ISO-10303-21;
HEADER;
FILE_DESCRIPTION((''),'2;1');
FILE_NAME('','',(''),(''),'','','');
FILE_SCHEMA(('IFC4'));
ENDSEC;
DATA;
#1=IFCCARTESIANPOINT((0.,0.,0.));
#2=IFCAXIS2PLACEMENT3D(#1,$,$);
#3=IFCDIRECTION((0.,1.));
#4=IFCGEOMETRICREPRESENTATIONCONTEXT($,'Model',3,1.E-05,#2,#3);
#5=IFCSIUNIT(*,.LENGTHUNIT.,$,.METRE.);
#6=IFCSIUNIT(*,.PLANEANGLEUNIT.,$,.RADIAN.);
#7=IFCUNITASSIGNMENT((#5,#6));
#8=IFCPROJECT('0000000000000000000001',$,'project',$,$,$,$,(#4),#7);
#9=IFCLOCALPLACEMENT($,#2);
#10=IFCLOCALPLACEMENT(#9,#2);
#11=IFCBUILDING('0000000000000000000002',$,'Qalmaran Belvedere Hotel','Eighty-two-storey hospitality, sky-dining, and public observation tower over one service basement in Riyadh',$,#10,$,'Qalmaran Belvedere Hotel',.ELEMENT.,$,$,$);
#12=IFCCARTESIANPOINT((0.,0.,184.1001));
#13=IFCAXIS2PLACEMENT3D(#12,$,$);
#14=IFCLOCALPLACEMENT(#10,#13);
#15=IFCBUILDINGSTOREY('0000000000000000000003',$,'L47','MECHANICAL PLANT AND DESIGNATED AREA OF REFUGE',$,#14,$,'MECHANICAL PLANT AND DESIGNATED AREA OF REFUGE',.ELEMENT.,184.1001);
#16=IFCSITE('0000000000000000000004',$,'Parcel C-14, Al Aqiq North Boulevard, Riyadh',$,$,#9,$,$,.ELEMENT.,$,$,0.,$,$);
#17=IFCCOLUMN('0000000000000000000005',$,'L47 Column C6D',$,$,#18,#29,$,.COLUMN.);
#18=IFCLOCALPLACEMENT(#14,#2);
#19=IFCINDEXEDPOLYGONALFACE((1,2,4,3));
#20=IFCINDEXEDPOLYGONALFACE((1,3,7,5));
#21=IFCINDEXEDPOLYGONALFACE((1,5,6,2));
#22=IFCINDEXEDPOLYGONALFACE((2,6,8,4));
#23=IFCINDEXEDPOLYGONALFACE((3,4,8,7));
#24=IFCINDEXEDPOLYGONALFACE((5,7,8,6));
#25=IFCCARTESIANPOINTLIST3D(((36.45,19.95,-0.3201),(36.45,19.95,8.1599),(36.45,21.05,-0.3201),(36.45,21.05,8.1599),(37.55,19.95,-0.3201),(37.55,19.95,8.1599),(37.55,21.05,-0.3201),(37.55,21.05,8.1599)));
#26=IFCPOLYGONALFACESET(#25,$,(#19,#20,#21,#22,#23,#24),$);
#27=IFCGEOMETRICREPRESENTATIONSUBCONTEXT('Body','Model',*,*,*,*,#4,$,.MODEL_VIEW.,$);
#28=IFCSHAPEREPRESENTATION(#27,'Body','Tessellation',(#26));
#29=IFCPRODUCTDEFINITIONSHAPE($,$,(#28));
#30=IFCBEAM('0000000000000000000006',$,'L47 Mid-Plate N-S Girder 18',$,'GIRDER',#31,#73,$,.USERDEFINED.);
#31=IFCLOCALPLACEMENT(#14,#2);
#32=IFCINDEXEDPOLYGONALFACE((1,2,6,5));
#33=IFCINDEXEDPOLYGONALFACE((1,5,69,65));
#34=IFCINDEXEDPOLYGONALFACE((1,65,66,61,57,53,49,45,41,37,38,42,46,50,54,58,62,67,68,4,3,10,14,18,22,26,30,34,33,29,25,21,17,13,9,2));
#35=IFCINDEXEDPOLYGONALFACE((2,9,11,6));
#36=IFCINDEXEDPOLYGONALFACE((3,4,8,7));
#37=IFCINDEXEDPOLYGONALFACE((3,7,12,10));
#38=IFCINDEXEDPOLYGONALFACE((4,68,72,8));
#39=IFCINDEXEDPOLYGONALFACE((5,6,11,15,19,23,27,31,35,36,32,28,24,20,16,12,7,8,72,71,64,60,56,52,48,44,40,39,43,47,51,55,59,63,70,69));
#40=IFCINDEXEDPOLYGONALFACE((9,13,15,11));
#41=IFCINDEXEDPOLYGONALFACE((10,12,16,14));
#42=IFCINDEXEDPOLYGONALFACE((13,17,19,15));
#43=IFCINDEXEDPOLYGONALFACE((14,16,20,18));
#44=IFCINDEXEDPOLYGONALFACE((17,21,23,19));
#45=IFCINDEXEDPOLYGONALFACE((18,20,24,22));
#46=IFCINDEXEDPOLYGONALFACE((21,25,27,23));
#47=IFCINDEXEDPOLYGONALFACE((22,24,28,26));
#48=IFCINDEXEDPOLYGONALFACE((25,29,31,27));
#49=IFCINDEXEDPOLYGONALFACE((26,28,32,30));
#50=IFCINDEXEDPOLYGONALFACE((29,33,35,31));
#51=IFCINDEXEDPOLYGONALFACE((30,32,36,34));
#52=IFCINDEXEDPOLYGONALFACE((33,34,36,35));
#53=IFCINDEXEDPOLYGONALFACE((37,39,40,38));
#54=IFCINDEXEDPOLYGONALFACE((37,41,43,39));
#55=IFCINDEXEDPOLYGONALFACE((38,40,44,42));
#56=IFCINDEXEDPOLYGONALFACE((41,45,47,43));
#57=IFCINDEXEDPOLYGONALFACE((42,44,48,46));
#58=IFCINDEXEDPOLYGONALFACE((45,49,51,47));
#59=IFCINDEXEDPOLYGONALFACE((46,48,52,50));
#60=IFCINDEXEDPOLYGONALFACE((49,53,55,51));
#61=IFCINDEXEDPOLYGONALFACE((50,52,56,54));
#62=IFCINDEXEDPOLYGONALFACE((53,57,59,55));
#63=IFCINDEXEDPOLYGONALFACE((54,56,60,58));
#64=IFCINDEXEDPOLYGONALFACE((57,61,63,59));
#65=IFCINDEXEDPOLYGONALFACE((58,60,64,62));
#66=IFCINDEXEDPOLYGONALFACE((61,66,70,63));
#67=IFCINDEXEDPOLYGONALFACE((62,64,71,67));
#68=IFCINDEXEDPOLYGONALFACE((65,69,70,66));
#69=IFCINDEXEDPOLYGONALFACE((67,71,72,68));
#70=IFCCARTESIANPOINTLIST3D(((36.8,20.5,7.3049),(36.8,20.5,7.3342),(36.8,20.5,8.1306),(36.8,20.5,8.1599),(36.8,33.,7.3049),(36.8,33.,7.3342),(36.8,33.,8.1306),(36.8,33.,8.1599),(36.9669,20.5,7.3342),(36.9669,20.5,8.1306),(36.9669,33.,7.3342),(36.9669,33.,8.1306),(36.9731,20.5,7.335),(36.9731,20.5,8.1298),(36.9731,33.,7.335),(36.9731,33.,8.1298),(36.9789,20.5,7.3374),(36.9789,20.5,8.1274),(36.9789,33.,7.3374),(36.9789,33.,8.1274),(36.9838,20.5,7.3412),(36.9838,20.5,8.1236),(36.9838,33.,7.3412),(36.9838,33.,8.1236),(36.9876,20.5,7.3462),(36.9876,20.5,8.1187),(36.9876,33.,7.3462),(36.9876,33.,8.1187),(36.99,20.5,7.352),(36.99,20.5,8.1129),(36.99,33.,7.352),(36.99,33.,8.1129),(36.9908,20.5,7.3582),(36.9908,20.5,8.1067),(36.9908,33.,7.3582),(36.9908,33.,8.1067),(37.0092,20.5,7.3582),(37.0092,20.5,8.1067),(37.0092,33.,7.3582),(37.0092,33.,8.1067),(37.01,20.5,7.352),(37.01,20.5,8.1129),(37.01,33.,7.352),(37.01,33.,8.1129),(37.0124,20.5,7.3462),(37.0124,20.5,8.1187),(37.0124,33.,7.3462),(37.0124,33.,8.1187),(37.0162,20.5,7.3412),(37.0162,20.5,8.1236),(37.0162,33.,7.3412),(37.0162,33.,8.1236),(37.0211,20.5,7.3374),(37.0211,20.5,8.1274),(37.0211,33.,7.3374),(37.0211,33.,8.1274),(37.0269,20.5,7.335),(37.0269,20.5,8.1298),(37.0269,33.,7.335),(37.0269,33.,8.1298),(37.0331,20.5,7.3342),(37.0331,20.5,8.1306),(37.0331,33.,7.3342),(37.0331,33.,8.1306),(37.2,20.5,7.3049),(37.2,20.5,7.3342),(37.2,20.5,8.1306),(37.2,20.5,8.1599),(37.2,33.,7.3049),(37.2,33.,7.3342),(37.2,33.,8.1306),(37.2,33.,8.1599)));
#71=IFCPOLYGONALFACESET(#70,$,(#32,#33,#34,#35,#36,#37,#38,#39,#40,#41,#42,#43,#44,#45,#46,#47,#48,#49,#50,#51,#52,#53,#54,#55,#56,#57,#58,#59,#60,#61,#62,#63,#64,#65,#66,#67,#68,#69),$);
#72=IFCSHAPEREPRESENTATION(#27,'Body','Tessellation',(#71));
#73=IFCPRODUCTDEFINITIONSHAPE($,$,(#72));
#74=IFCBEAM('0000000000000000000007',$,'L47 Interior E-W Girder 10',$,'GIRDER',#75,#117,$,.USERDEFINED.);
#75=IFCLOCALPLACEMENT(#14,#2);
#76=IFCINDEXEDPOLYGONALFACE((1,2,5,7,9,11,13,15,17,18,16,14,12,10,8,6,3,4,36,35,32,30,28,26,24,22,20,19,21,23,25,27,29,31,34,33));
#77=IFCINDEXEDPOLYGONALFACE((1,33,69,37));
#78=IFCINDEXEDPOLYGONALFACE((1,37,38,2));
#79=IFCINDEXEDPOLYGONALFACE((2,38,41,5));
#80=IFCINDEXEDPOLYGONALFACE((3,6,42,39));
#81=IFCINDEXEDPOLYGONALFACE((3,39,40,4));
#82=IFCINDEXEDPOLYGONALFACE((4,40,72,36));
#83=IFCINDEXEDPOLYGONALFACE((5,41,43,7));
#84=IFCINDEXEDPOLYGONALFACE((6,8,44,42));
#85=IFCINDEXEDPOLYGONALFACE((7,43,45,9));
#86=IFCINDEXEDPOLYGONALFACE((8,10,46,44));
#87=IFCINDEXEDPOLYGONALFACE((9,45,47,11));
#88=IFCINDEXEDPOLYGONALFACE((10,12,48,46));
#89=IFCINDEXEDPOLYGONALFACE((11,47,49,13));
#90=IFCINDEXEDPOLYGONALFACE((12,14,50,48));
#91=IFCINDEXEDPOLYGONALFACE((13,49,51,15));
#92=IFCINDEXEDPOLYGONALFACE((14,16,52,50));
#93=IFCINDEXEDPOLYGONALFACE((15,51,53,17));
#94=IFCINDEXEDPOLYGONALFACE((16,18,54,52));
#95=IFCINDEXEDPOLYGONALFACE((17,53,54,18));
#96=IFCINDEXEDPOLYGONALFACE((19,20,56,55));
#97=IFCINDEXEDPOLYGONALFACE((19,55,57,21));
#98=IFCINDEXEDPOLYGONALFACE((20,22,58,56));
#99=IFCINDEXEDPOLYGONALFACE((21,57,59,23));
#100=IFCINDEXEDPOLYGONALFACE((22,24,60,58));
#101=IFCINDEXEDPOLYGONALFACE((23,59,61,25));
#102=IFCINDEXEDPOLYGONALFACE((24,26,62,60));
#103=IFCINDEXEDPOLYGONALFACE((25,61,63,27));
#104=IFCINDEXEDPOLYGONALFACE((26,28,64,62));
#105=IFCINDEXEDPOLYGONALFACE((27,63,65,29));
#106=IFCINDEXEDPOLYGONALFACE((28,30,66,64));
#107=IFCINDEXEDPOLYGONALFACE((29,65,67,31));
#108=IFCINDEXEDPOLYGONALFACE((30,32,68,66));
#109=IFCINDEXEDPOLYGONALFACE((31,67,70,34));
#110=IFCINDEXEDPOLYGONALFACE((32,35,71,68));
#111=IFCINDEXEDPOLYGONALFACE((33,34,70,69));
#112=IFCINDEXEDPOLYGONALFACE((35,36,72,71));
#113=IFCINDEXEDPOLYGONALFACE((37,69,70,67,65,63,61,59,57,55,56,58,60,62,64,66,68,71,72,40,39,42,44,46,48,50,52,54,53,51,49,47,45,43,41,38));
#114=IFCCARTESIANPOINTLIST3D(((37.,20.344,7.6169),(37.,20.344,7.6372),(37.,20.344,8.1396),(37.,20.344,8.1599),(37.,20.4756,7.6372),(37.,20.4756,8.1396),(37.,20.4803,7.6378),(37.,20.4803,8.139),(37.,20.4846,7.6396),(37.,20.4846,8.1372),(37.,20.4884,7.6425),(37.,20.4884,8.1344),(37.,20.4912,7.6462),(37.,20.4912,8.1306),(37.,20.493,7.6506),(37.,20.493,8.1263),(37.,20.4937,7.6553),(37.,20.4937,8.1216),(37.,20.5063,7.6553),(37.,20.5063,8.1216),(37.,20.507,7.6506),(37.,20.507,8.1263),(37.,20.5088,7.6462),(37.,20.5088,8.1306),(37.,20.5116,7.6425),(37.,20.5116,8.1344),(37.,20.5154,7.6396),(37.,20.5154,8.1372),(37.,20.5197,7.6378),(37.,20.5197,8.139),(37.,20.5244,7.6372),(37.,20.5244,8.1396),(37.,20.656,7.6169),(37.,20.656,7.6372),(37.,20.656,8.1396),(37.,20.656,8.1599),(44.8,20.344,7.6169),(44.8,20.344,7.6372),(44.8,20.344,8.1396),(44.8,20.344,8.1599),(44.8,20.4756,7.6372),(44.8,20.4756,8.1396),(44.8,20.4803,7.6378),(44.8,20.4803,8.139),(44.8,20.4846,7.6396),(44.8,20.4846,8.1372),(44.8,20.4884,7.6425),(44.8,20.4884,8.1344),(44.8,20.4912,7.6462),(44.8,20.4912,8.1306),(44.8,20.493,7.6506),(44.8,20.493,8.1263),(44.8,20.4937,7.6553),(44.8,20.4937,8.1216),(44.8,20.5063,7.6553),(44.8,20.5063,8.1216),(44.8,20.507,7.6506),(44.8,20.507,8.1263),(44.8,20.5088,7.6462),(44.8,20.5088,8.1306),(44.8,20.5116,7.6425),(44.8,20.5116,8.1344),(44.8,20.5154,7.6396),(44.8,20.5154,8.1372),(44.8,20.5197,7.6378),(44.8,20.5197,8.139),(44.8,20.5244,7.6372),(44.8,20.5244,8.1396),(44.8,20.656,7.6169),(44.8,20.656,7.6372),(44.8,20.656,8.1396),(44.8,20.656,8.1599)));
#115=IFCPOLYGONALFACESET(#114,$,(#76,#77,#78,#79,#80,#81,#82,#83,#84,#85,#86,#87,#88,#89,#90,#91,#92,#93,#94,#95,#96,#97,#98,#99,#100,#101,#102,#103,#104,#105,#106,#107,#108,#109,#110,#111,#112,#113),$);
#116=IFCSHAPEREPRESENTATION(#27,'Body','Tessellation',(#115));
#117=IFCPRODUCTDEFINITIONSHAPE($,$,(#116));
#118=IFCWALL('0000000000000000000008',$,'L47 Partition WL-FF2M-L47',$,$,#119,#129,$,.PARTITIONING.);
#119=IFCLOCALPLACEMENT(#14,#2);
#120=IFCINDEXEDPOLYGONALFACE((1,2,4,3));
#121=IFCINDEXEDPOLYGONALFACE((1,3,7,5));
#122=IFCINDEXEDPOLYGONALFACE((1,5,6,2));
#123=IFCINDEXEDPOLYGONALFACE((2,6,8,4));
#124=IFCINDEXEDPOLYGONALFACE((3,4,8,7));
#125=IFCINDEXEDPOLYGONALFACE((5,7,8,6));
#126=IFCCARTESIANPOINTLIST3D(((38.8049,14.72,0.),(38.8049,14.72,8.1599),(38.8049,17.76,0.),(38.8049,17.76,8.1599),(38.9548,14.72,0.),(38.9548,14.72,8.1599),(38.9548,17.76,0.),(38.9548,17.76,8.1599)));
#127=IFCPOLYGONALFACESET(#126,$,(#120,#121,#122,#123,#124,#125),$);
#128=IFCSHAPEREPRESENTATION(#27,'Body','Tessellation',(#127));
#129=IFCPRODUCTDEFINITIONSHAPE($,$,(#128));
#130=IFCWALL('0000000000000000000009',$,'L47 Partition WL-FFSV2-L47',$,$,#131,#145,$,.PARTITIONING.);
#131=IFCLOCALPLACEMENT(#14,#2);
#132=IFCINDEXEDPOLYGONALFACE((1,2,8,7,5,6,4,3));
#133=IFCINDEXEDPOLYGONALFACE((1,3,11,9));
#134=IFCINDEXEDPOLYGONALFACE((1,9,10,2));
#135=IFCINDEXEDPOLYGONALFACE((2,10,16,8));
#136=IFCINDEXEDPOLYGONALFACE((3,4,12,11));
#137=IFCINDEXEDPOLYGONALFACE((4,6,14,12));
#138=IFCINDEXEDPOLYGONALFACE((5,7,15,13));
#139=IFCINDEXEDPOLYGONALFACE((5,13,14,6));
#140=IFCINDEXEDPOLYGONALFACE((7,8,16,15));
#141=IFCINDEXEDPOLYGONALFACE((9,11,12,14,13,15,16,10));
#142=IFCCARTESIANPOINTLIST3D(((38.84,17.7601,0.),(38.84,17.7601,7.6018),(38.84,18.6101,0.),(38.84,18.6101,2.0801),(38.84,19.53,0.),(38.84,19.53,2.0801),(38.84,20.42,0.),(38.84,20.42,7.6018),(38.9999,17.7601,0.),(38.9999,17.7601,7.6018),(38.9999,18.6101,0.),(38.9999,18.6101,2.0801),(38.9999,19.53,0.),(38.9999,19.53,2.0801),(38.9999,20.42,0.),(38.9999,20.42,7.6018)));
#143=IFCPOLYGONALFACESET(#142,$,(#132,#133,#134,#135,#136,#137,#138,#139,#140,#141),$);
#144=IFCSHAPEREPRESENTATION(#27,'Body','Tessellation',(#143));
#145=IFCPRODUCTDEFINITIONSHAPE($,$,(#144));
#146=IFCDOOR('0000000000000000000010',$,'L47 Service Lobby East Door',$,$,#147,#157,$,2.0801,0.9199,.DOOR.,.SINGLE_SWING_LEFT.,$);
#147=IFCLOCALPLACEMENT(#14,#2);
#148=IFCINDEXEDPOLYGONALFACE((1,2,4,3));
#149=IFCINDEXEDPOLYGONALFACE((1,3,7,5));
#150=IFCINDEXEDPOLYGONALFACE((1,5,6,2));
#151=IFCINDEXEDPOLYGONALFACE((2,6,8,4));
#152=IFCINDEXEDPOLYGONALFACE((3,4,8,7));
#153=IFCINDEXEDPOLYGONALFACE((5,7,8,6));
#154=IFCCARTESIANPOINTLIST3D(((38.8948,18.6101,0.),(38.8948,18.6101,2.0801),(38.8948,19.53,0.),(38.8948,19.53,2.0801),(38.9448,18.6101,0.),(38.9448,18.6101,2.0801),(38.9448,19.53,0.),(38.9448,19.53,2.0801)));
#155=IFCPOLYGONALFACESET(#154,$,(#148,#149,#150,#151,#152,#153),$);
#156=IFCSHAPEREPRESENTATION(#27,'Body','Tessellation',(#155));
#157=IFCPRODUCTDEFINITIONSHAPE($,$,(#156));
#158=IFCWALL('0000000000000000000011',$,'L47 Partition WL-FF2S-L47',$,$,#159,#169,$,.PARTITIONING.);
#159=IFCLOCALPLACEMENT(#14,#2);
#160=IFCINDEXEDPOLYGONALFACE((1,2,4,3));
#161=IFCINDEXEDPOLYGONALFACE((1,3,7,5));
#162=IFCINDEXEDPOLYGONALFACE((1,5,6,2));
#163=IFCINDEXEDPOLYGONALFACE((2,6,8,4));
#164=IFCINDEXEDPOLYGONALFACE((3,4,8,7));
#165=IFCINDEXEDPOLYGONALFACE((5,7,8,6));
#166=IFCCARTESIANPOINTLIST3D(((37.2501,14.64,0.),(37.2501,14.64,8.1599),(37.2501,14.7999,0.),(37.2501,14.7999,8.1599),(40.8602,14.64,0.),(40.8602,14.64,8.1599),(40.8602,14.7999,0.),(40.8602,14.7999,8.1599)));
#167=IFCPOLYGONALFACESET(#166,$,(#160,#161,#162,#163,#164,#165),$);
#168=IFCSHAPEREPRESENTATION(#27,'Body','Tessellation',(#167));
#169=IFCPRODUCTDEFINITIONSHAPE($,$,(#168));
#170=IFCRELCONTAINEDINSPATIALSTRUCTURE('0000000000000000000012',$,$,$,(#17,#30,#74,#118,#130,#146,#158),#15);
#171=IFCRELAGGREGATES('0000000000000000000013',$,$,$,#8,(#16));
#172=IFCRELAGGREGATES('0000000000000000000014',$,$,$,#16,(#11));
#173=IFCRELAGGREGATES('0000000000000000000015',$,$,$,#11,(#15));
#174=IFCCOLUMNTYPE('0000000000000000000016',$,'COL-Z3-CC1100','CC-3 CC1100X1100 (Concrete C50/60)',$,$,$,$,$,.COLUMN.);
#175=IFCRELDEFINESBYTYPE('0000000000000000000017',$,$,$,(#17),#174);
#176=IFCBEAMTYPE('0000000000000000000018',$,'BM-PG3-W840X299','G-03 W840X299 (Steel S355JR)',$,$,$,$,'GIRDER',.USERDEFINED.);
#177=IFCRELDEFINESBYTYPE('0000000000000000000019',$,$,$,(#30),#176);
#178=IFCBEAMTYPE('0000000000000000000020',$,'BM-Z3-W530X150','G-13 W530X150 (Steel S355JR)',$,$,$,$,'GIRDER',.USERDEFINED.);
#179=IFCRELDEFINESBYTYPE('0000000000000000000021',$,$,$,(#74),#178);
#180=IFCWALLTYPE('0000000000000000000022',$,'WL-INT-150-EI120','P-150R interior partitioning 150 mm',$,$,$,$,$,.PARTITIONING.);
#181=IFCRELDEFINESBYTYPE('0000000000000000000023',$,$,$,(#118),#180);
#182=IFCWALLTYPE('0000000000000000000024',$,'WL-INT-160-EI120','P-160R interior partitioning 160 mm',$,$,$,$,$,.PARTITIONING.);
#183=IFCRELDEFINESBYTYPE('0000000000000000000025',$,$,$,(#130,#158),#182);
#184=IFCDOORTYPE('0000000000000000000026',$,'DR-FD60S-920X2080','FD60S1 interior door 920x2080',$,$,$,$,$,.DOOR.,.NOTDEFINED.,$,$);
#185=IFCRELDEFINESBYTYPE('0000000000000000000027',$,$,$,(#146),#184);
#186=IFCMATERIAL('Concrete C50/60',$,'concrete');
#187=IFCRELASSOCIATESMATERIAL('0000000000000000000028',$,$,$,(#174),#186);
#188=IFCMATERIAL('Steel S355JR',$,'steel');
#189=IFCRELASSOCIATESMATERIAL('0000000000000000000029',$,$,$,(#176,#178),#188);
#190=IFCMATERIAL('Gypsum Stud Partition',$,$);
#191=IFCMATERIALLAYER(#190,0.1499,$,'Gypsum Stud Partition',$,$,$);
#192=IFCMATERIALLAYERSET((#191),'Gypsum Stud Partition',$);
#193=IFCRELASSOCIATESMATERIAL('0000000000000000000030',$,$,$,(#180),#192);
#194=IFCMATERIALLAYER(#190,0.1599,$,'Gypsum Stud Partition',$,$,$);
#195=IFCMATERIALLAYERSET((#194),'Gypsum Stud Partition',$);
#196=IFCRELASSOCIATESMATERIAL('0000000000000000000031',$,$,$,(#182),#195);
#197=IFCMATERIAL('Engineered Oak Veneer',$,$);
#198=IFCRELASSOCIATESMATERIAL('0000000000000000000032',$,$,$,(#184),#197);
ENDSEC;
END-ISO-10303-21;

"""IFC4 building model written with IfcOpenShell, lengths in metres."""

from ifc_helpers import new_model, si_unit, direction, frame, frame_2d, origin, origin_2d, place, context, subcontext, project, spatial, rectangle, i_section, extrude, material, layer, layer_set, material_profile, profile_set, type_object, element, fill, save


model = new_model("IFC4")

# Units and contexts
model_context = context("Model", 3, precision=1e-05, world=origin(), true_north=direction((0.0, 1.0)))
body_context = subcontext(model_context, "Body", "Model", "MODEL_VIEW")
ifc_project = project(units=[si_unit("LENGTHUNIT", "METRE"), si_unit("PLANEANGLEUNIT", "RADIAN")], contexts=[model_context])

# Site, building, storey
site_placement = place(None, origin())
site = spatial("IfcSite", under=ifc_project, at=site_placement, Name="Parcel C-14, Al Aqiq North Boulevard, Riyadh", CompositionType="ELEMENT", RefElevation=0.0)
building_placement = place(site_placement, origin())
building = spatial("IfcBuilding", under=site, at=building_placement, Name="Qalmaran Belvedere Hotel", Description="Eighty-two-storey hospitality, sky-dining, and public observation tower over one service basement in Riyadh", LongName="Qalmaran Belvedere Hotel", CompositionType="ELEMENT")
storey_placement = place(building_placement, frame((0.0, 0.0, 184.1001)))
storey = spatial("IfcBuildingStorey", under=building, at=storey_placement, Name="L47", Description="MECHANICAL PLANT AND DESIGNATED AREA OF REFUGE", LongName="MECHANICAL PLANT AND DESIGNATED AREA OF REFUGE", CompositionType="ELEMENT", Elevation=184.1001)

# Column
ifc_material_1 = material(Name="Concrete C50/60", Category="concrete")
ifc_material_profile_1 = material_profile(ifc_material_1, rectangle(XDim=1.1001, YDim=1.1001, at=origin_2d()), Name="CC1100X1100")
ifc_profile_set_1 = profile_set([ifc_material_profile_1], Name="Concrete C50/60")
column_type = type_object("IfcColumnType", Name="COL-Z3-CC1100", Description="CC-3 CC1100X1100 (Concrete C50/60)", PredefinedType="COLUMN", material=ifc_profile_set_1)
column_placement = place(storey_placement, frame((37.0, 20.5, -0.3201), z_axis=(0.0, 0.0, 1.0), x_axis=(1.0, 0.0, 0.0)))
element("IfcColumn", 1, at=column_placement, inside=storey, type_object=column_type, Name="L47 Column C6D", PredefinedType="COLUMN", context=body_context, shape_type="SweptSolid", body=[
    extrude(rectangle(XDim=1.1001, YDim=1.1001, at=origin_2d()), origin(), (0.0, 0.0, 1.0), 8.48),
])

# Beams
ifc_material_2 = material(Name="Steel S355JR", Category="steel")
ifc_material_profile_2 = material_profile(ifc_material_2, i_section(OverallWidth=0.3999, OverallDepth=0.855, WebThickness=0.0183, FlangeThickness=0.0293, FilletRadius=0.0239, at=origin_2d()), Name="W840X299")
ifc_profile_set_2 = profile_set([ifc_material_profile_2], Name="Steel S355JR")
beam_type_1 = type_object("IfcBeamType", Name="BM-PG3-W840X299", Description="G-03 W840X299 (Steel S355JR)", ElementType="GIRDER", PredefinedType="USERDEFINED", material=ifc_profile_set_2)
beam_1_placement = place(storey_placement, frame((37.0, 20.5, 7.7324), z_axis=(0.0, 1.0, 0.0), x_axis=(-1.0, 0.0, 0.0)))
element("IfcBeam", 2, at=beam_1_placement, inside=storey, type_object=beam_type_1, Name="L47 Mid-Plate N-S Girder 18", ObjectType="GIRDER", PredefinedType="USERDEFINED", context=body_context, shape_type="SweptSolid", body=[
    extrude(i_section(OverallWidth=0.3999, OverallDepth=0.855, WebThickness=0.0183, FlangeThickness=0.0293, FilletRadius=0.0239, at=origin_2d()), origin(), (0.0, 0.0, 1.0), 12.5),
])
ifc_material_profile_3 = material_profile(ifc_material_2, i_section(OverallWidth=0.312, OverallDepth=0.543, WebThickness=0.0127, FlangeThickness=0.0203, FilletRadius=0.0181, at=origin_2d()), Name="W530X150")
ifc_profile_set_3 = profile_set([ifc_material_profile_3], Name="Steel S355JR")
beam_type_2 = type_object("IfcBeamType", Name="BM-Z3-W530X150", Description="G-13 W530X150 (Steel S355JR)", ElementType="GIRDER", PredefinedType="USERDEFINED", material=ifc_profile_set_3)
beam_2_placement = place(storey_placement, frame((37.0, 20.5, 7.8884), z_axis=(1.0, 0.0, 0.0), x_axis=(0.0, 1.0, 0.0)))
element("IfcBeam", 3, at=beam_2_placement, inside=storey, type_object=beam_type_2, Name="L47 Interior E-W Girder 10", ObjectType="GIRDER", PredefinedType="USERDEFINED", context=body_context, shape_type="SweptSolid", body=[
    extrude(i_section(OverallWidth=0.312, OverallDepth=0.543, WebThickness=0.0127, FlangeThickness=0.0203, FilletRadius=0.0181, at=origin_2d()), origin(), (0.0, 0.0, 1.0), 7.8),
])

# Wall
ifc_material_3 = material(Name="Gypsum Stud Partition")
ifc_layer_1 = layer(ifc_material_3, 0.1499, Name="Gypsum Stud Partition")
ifc_layer_set_1 = layer_set([ifc_layer_1], Name="Gypsum Stud Partition")
wall_type_1 = type_object("IfcWallType", Name="WL-INT-150-EI120", Description="P-150R interior partitioning 150 mm", PredefinedType="PARTITIONING", material=ifc_layer_set_1)
wall_1_placement = place(storey_placement, frame((38.8799, 14.72, 0.0), z_axis=(0.0, 0.0, 1.0), x_axis=(0.0, 1.0, 0.0)))
element("IfcWall", 4, at=wall_1_placement, inside=storey, type_object=wall_type_1, Name="L47 Partition WL-FF2M-L47", PredefinedType="PARTITIONING", context=body_context, shape_type="SweptSolid", body=[
    extrude(rectangle(XDim=3.04, YDim=0.1499, at=frame_2d((1.52, 0.0))), origin(), (0.0, 0.0, 1.0), 8.1599),
])

# Wall, opening, door
ifc_layer_2 = layer(ifc_material_3, 0.1599, Name="Gypsum Stud Partition")
ifc_layer_set_2 = layer_set([ifc_layer_2], Name="Gypsum Stud Partition")
wall_type_2 = type_object("IfcWallType", Name="WL-INT-160-EI120", Description="P-160R interior partitioning 160 mm", PredefinedType="PARTITIONING", material=ifc_layer_set_2)
wall_2_placement = place(storey_placement, frame((38.9199, 17.76, 0.0), z_axis=(0.0, 0.0, 1.0), x_axis=(0.0, 1.0, 0.0)))
wall_2 = element("IfcWall", 5, at=wall_2_placement, inside=storey, type_object=wall_type_2, Name="L47 Partition WL-FFSV2-L47", PredefinedType="PARTITIONING", context=body_context, shape_type="SweptSolid", body=[
    extrude(rectangle(XDim=2.6599, YDim=0.1599, at=frame_2d((1.3301, 0.0))), origin(), (0.0, 0.0, 1.0), 7.6018),
])
opening_1_placement = place(wall_2_placement, frame((1.77, 0.0, 0.0), z_axis=(0.0, 0.0, 1.0), x_axis=(-1.0, 0.0, 0.0)))
opening_1 = element("IfcOpeningElement", 6, at=opening_1_placement, cuts=wall_2, PredefinedType="OPENING", context=body_context, shape_type="SweptSolid", body=[
    extrude(rectangle(XDim=0.9199, YDim=2.0801, at=frame_2d((0.46, 1.04))), frame((0.0, 0.0898, 0.0), z_axis=(0.0, -1.0, 0.0), x_axis=(1.0, 0.0, 0.0)), (0.0, 0.0, 1.0), 0.1799),
])
ifc_material_4 = material(Name="Engineered Oak Veneer")
door_type_1 = type_object("IfcDoorType", Name="DR-FD60S-920X2080", Description="FD60S1 interior door 920x2080", OperationType="NOTDEFINED", PredefinedType="DOOR", material=ifc_material_4)
door_1_placement = place(opening_1_placement, origin())
door_1 = element("IfcDoor", 7, at=door_1_placement, inside=storey, type_object=door_type_1, Name="L47 Service Lobby East Door", OperationType="SINGLE_SWING_LEFT", OverallHeight=2.0801, OverallWidth=0.9199, PredefinedType="DOOR", context=body_context, shape_type="SweptSolid", body=[
    extrude(rectangle(XDim=0.9199, YDim=2.0801, at=frame_2d((0.46, 1.04))), frame((0.0, 0.0249, 0.0), z_axis=(0.0, -1.0, 0.0), x_axis=(1.0, 0.0, 0.0)), (0.0, 0.0, 1.0), 0.05),
])
fill(opening_1, door_1)

# Wall
wall_3_placement = place(storey_placement, frame((37.25, 14.72, 0.0), z_axis=(0.0, 0.0, 1.0), x_axis=(1.0, 0.0, 0.0)))
element("IfcWall", 8, at=wall_3_placement, inside=storey, type_object=wall_type_2, Name="L47 Partition WL-FF2S-L47", PredefinedType="PARTITIONING", context=body_context, shape_type="SweptSolid", body=[
    extrude(rectangle(XDim=3.6101, YDim=0.1599, at=frame_2d((1.8052, 0.0))), origin(), (0.0, 0.0, 1.0), 8.1599),
])

save(model, "model.ifc")
